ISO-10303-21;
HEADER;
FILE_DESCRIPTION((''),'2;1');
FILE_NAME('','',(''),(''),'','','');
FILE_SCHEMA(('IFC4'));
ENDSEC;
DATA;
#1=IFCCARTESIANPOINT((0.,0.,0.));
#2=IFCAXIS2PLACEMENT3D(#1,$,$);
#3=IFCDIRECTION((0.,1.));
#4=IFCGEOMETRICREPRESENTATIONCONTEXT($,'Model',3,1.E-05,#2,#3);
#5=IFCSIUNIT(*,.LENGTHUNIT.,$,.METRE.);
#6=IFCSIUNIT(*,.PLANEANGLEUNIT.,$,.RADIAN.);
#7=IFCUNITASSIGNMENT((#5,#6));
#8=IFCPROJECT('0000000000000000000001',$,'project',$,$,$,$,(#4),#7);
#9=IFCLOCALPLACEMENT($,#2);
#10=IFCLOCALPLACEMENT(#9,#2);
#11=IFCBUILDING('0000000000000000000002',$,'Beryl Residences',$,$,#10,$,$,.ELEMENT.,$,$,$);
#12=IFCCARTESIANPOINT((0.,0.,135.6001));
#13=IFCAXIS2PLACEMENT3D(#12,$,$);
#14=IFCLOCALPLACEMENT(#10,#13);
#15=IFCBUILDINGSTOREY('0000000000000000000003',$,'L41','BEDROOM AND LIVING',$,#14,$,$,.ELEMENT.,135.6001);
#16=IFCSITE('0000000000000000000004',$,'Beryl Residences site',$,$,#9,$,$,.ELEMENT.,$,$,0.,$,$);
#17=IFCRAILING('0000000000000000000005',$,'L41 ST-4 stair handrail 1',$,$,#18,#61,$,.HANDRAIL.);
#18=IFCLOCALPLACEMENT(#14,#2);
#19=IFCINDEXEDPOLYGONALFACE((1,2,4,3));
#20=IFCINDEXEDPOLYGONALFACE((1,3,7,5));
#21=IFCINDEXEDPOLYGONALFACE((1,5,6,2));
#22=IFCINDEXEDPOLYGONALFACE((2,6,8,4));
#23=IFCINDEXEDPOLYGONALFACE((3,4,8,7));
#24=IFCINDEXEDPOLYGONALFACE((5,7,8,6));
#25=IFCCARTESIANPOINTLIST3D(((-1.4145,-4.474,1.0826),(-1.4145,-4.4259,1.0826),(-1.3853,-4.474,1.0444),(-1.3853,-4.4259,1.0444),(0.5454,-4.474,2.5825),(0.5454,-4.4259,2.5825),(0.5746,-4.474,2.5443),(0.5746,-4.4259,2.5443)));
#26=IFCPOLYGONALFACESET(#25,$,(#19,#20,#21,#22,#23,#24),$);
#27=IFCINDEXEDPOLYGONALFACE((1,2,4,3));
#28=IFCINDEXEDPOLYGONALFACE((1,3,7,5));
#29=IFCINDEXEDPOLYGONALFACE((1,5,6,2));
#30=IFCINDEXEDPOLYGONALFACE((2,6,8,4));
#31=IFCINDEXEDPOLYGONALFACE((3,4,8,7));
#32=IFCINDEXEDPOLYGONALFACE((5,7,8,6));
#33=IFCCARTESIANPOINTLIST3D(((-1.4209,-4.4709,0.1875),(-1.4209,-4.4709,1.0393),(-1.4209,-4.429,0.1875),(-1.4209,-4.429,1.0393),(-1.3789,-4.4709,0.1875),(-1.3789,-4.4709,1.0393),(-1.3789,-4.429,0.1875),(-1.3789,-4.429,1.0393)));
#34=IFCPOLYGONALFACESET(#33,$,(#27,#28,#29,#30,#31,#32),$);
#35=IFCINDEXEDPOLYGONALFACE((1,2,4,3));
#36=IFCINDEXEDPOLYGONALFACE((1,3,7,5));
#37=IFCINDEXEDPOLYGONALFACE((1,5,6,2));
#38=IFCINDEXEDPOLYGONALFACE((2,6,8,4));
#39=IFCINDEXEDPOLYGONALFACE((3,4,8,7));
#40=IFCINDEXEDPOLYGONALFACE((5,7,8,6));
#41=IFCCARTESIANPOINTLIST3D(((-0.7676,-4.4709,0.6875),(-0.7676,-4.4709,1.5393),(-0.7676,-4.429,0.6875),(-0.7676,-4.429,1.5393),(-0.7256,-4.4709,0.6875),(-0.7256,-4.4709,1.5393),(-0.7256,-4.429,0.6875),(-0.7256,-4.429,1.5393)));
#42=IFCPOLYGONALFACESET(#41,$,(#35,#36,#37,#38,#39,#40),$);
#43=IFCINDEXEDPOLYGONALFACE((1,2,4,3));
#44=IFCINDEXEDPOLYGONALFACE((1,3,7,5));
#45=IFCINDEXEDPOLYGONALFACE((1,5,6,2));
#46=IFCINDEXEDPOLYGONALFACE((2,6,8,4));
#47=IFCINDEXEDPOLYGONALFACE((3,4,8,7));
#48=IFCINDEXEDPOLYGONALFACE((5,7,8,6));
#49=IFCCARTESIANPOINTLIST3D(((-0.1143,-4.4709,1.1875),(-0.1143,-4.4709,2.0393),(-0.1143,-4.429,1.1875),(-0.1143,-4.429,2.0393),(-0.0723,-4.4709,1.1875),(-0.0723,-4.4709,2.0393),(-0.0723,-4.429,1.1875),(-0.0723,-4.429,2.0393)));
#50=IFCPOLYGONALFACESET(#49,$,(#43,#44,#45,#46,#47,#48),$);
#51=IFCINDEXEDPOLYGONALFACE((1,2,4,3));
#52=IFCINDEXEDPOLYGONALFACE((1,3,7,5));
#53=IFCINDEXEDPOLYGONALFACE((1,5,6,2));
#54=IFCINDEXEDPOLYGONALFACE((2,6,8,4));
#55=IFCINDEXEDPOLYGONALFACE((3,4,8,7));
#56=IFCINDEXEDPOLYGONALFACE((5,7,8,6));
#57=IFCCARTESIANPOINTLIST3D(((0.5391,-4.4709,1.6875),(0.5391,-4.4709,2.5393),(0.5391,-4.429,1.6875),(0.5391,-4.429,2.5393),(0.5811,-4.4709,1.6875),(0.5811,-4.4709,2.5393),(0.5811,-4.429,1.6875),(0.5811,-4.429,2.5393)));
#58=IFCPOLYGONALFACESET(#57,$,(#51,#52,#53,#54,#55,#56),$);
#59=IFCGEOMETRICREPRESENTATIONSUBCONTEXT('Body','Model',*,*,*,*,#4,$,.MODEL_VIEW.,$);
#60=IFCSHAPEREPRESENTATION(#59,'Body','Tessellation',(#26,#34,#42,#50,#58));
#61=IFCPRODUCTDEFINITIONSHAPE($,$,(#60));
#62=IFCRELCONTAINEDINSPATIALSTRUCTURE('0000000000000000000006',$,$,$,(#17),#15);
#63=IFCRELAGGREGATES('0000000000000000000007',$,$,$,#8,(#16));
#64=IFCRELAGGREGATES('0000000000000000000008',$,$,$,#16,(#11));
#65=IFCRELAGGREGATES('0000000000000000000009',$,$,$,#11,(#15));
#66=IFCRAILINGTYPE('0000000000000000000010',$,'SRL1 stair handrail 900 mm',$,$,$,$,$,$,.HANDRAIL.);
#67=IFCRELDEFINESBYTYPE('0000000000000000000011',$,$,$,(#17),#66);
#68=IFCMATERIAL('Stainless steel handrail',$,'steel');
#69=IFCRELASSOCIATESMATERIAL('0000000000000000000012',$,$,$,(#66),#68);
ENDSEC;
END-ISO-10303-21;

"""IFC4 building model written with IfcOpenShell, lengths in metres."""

from ifc_helpers import new_model, si_unit, direction, frame, origin, origin_2d, place, context, subcontext, project, spatial, rectangle, extrude, material, type_object, element, save


model = new_model("IFC4")

# Units and contexts
model_context = context("Model", 3, precision=1e-05, world=origin(), true_north=direction((0.0, 1.0)))
body_context = subcontext(model_context, "Body", "Model", "MODEL_VIEW")
ifc_project = project(units=[si_unit("LENGTHUNIT", "METRE"), si_unit("PLANEANGLEUNIT", "RADIAN")], contexts=[model_context])

# Site, building, storey
site_placement = place(None, origin())
site = spatial("IfcSite", under=ifc_project, at=site_placement, Name="Beryl Residences site", CompositionType="ELEMENT", RefElevation=0.0)
building_placement = place(site_placement, origin())
building = spatial("IfcBuilding", under=site, at=building_placement, Name="Beryl Residences", CompositionType="ELEMENT")
storey_placement = place(building_placement, frame((0.0, 0.0, 135.6001)))
storey = spatial("IfcBuildingStorey", under=building, at=storey_placement, Name="L41", Description="BEDROOM AND LIVING", CompositionType="ELEMENT", Elevation=135.6001)

# Railing
ifc_material_1 = material(Name="Stainless steel handrail", Category="steel")
railing_type = type_object("IfcRailingType", Name="SRL1 stair handrail 900 mm", PredefinedType="HANDRAIL", material=ifc_material_1)
railing_placement = place(storey_placement, frame((-1.3999, -4.45, 0.1875)))
element("IfcRailing", 1, at=railing_placement, inside=storey, type_object=railing_type, Name="L41 ST-4 stair handrail 1", PredefinedType="HANDRAIL", context=body_context, shape_type="SweptSolid", body=[
    extrude(rectangle(XDim=0.0481, YDim=0.0481, at=origin_2d()), frame((0.0, 0.0, 0.876), z_axis=(0.794122, 0.0, 0.607758), x_axis=(0.0, 1.0, 0.0)), (0.0, 0.0, 1.0), 2.468),
    extrude(rectangle(XDim=0.042, YDim=0.042, at=origin_2d()), origin(), (0.0, 0.0, 1.0), 0.8518),
    extrude(rectangle(XDim=0.042, YDim=0.042, at=origin_2d()), frame((0.6533, 0.0, 0.5)), (0.0, 0.0, 1.0), 0.8518),
    extrude(rectangle(XDim=0.042, YDim=0.042, at=origin_2d()), frame((1.3066, 0.0, 1.0)), (0.0, 0.0, 1.0), 0.8518),
    extrude(rectangle(XDim=0.042, YDim=0.042, at=origin_2d()), frame((1.96, 0.0, 1.5)), (0.0, 0.0, 1.0), 0.8518),
])

save(model, "model.ifc")
